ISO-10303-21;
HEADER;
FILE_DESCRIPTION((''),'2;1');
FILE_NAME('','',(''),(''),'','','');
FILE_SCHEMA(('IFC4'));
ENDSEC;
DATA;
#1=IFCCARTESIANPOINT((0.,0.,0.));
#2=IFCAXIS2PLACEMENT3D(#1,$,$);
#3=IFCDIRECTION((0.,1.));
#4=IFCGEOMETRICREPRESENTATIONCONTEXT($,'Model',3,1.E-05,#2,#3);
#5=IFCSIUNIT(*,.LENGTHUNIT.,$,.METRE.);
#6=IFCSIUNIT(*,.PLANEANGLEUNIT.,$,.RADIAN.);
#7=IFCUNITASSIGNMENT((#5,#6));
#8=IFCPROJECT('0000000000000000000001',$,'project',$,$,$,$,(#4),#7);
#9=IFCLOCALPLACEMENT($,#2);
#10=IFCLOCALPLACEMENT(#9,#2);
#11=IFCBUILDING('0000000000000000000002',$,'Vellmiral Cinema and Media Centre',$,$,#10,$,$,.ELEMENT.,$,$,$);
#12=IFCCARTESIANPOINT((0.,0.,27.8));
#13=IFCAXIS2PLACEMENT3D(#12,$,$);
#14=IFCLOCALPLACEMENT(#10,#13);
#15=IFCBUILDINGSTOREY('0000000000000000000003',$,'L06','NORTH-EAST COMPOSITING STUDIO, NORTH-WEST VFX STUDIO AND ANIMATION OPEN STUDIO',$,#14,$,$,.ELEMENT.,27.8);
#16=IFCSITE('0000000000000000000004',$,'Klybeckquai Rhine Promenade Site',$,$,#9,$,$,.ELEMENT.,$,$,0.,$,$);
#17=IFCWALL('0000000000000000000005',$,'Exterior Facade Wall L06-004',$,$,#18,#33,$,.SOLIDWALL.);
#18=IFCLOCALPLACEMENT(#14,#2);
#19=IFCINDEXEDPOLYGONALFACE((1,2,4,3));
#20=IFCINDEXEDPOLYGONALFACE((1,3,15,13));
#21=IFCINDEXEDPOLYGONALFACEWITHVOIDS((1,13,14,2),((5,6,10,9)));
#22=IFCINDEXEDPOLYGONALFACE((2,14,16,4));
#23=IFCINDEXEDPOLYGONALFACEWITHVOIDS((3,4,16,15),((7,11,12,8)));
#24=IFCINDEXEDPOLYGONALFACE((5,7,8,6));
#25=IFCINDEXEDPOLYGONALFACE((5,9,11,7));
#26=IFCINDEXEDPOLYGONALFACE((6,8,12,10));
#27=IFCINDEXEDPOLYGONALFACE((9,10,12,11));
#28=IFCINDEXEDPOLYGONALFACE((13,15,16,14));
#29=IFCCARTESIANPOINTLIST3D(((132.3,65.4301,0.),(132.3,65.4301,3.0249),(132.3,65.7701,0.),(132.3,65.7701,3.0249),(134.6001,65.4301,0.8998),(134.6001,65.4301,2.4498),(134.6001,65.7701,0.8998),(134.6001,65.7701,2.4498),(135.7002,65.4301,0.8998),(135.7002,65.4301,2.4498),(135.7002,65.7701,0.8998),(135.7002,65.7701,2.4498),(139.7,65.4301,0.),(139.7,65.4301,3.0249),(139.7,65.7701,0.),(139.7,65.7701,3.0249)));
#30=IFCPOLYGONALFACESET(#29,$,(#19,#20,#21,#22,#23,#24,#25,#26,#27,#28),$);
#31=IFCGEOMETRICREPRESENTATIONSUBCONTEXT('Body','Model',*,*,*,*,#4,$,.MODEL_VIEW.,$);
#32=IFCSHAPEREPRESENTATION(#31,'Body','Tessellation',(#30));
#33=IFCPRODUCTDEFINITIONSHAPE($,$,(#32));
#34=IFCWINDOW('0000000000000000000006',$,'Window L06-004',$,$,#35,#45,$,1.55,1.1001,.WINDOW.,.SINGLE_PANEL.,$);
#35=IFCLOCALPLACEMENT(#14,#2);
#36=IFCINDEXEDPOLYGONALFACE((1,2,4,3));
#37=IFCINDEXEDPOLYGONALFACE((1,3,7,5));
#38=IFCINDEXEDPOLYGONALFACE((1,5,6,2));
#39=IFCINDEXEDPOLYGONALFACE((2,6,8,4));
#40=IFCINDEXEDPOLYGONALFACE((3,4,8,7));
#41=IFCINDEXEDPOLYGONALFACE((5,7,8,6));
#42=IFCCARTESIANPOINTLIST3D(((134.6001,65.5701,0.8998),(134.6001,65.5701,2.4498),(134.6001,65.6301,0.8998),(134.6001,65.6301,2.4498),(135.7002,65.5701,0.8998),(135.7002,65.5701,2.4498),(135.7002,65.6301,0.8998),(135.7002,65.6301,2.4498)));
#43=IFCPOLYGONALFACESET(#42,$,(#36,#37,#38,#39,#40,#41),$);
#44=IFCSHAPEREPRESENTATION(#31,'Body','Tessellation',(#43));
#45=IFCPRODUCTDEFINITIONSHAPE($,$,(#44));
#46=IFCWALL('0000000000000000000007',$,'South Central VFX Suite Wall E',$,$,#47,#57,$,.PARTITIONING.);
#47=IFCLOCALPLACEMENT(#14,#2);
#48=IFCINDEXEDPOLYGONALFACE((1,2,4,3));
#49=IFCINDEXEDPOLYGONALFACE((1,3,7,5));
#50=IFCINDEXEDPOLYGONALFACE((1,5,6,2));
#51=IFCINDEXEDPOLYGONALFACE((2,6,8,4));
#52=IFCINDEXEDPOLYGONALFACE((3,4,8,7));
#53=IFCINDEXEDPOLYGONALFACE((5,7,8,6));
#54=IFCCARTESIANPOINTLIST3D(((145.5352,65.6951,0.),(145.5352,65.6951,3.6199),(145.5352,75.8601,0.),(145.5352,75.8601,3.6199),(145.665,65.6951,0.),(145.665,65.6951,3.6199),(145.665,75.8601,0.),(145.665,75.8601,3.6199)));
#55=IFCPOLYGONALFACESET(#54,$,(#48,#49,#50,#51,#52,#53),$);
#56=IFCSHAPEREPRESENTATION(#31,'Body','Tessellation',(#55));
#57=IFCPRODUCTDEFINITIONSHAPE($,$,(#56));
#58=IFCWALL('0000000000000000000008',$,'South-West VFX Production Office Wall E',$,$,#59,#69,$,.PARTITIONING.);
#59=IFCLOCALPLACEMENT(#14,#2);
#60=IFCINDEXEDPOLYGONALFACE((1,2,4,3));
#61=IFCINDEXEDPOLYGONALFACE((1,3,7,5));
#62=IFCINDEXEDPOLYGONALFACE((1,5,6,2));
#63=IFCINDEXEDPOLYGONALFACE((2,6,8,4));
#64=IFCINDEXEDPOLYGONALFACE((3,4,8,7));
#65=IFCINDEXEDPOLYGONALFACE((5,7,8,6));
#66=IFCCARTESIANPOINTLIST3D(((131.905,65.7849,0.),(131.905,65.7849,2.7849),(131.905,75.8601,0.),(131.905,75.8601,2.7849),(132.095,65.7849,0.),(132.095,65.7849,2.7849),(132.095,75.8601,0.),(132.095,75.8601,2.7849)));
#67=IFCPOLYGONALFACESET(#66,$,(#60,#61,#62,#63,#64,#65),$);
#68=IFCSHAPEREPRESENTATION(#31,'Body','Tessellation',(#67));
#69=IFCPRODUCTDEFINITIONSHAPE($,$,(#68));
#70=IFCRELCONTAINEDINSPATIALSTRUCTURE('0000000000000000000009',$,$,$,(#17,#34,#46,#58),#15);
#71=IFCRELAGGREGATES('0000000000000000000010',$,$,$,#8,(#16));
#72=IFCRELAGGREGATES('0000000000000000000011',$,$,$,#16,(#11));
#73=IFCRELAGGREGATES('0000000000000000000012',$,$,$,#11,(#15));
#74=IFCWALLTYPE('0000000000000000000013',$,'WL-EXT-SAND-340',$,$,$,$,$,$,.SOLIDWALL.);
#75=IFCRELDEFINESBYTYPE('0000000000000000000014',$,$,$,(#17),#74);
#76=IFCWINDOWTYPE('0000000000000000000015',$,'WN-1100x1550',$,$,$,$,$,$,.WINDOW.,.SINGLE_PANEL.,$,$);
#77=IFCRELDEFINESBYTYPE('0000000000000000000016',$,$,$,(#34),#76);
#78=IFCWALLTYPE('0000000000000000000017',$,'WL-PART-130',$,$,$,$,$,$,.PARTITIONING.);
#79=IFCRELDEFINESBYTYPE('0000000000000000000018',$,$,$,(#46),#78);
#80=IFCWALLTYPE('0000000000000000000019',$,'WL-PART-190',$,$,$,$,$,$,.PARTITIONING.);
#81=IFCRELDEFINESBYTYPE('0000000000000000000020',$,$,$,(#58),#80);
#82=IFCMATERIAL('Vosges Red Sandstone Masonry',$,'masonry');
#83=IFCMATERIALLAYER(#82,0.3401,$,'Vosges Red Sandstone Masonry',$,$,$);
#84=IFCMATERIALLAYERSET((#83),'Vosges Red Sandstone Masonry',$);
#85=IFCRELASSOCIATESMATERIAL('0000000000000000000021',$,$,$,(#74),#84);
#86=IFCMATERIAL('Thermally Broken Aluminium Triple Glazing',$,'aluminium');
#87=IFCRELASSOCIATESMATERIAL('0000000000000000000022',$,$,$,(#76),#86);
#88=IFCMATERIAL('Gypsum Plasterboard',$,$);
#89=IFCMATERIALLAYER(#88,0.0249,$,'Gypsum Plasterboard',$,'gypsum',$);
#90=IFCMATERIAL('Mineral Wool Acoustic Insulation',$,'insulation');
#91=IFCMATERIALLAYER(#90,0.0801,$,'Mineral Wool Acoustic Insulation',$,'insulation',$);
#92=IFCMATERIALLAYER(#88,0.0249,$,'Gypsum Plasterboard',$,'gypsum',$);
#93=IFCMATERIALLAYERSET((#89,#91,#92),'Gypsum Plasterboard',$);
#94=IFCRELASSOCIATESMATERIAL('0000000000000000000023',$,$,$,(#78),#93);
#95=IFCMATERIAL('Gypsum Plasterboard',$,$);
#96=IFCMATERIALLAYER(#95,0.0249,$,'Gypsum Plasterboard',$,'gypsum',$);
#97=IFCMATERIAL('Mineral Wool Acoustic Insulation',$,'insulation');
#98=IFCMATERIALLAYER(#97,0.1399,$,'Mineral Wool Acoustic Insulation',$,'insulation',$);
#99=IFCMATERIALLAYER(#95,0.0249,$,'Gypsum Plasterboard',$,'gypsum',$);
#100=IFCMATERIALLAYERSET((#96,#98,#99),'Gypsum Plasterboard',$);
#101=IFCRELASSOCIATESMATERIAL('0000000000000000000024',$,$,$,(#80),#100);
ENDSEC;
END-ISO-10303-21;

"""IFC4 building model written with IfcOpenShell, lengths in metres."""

from ifc_helpers import new_model, si_unit, direction, frame, frame_2d, origin, place, context, subcontext, project, spatial, rectangle, extrude, material, layer, layer_set, type_object, element, fill, save


model = new_model("IFC4")

# Units and contexts
model_context = context("Model", 3, precision=1e-05, world=origin(), true_north=direction((0.0, 1.0)))
body_context = subcontext(model_context, "Body", "Model", "MODEL_VIEW")
ifc_project = project(units=[si_unit("LENGTHUNIT", "METRE"), si_unit("PLANEANGLEUNIT", "RADIAN")], contexts=[model_context])

# Site, building, storey
site_placement = place(None, origin())
site = spatial("IfcSite", under=ifc_project, at=site_placement, Name="Klybeckquai Rhine Promenade Site", CompositionType="ELEMENT", RefElevation=0.0)
building_placement = place(site_placement, origin())
building = spatial("IfcBuilding", under=site, at=building_placement, Name="Vellmiral Cinema and Media Centre", CompositionType="ELEMENT")
storey_placement = place(building_placement, frame((0.0, 0.0, 27.8)))
storey = spatial("IfcBuildingStorey", under=building, at=storey_placement, Name="L06", Description="NORTH-EAST COMPOSITING STUDIO, NORTH-WEST VFX STUDIO AND ANIMATION OPEN STUDIO", CompositionType="ELEMENT", Elevation=27.8)

# Wall, opening, window
ifc_material_1 = material(Name="Vosges Red Sandstone Masonry", Category="masonry")
ifc_layer_1 = layer(ifc_material_1, 0.3401, Name="Vosges Red Sandstone Masonry")
ifc_layer_set_1 = layer_set([ifc_layer_1], Name="Vosges Red Sandstone Masonry")
wall_type_1 = type_object("IfcWallType", Name="WL-EXT-SAND-340", PredefinedType="SOLIDWALL", material=ifc_layer_set_1)
wall_1_placement = place(storey_placement, frame((132.3, 65.6001, 0.0), z_axis=(0.0, 0.0, 1.0), x_axis=(1.0, 0.0, 0.0)))
wall_1 = element("IfcWall", 1, at=wall_1_placement, inside=storey, type_object=wall_type_1, Name="Exterior Facade Wall L06-004", PredefinedType="SOLIDWALL", context=body_context, shape_type="SweptSolid", body=[
    extrude(rectangle(XDim=7.3999, YDim=0.3401, at=frame_2d((3.7, 0.0))), origin(), (0.0, 0.0, 1.0), 3.0249),
])
opening_placement = place(wall_1_placement, frame((2.3, 0.0, 0.8999)))
opening = element("IfcOpeningElement", 2, at=opening_placement, cuts=wall_1, PredefinedType="OPENING", context=body_context, shape_type="SweptSolid", body=[
    extrude(rectangle(XDim=1.1001, YDim=1.55, at=frame_2d((0.55, 0.7749))), frame((0.0, 0.1821, 0.0), z_axis=(0.0, -1.0, 0.0), x_axis=(1.0, 0.0, 0.0)), (0.0, 0.0, 1.0), 0.364),
])
ifc_material_2 = material(Name="Thermally Broken Aluminium Triple Glazing", Category="aluminium")
window_type = type_object("IfcWindowType", Name="WN-1100x1550", PartitioningType="SINGLE_PANEL", PredefinedType="WINDOW", material=ifc_material_2)
window_placement = place(opening_placement, origin())
window = element("IfcWindow", 3, at=window_placement, inside=storey, type_object=window_type, Name="Window L06-004", OverallHeight=1.55, OverallWidth=1.1001, PartitioningType="SINGLE_PANEL", PredefinedType="WINDOW", context=body_context, shape_type="SweptSolid", body=[
    extrude(rectangle(XDim=1.1001, YDim=1.55, at=frame_2d((0.55, 0.7749))), frame((0.0, 0.03, 0.0), z_axis=(0.0, -1.0, 0.0), x_axis=(1.0, 0.0, 0.0)), (0.0, 0.0, 1.0), 0.0601),
])
fill(opening, window)

# Walls
ifc_material_3 = material(Name="Gypsum Plasterboard")
ifc_layer_2 = layer(ifc_material_3, 0.0249, Name="Gypsum Plasterboard", Category="gypsum")
ifc_material_4 = material(Name="Mineral Wool Acoustic Insulation", Category="insulation")
ifc_layer_3 = layer(ifc_material_4, 0.0801, Name="Mineral Wool Acoustic Insulation", Category="insulation")
ifc_layer_4 = layer(ifc_material_3, 0.0249, Name="Gypsum Plasterboard", Category="gypsum")
ifc_layer_set_2 = layer_set([ifc_layer_2, ifc_layer_3, ifc_layer_4], Name="Gypsum Plasterboard")
wall_type_2 = type_object("IfcWallType", Name="WL-PART-130", PredefinedType="PARTITIONING", material=ifc_layer_set_2)
wall_2_placement = place(storey_placement, frame((145.6001, 65.6951, 0.0), z_axis=(0.0, 0.0, 1.0), x_axis=(0.0, 1.0, 0.0)))
element("IfcWall", 4, at=wall_2_placement, inside=storey, type_object=wall_type_2, Name="South Central VFX Suite Wall E", PredefinedType="PARTITIONING", context=body_context, shape_type="SweptSolid", body=[
    extrude(rectangle(XDim=10.165, YDim=0.1299, at=frame_2d((5.0825, 0.0))), origin(), (0.0, 0.0, 1.0), 3.6199),
])
ifc_material_5 = material(Name="Gypsum Plasterboard")
ifc_layer_5 = layer(ifc_material_5, 0.0249, Name="Gypsum Plasterboard", Category="gypsum")
ifc_material_6 = material(Name="Mineral Wool Acoustic Insulation", Category="insulation")
ifc_layer_6 = layer(ifc_material_6, 0.1399, Name="Mineral Wool Acoustic Insulation", Category="insulation")
ifc_layer_7 = layer(ifc_material_5, 0.0249, Name="Gypsum Plasterboard", Category="gypsum")
ifc_layer_set_3 = layer_set([ifc_layer_5, ifc_layer_6, ifc_layer_7], Name="Gypsum Plasterboard")
wall_type_3 = type_object("IfcWallType", Name="WL-PART-190", PredefinedType="PARTITIONING", material=ifc_layer_set_3)
wall_3_placement = place(storey_placement, frame((132.0, 65.7849, 0.0), z_axis=(0.0, 0.0, 1.0), x_axis=(0.0, 1.0, 0.0)))
element("IfcWall", 5, at=wall_3_placement, inside=storey, type_object=wall_type_3, Name="South-West VFX Production Office Wall E", PredefinedType="PARTITIONING", context=body_context, shape_type="SweptSolid", body=[
    extrude(rectangle(XDim=10.0752, YDim=0.1899, at=frame_2d((5.0376, 0.0))), origin(), (0.0, 0.0, 1.0), 2.7849),
])

save(model, "model.ifc")
